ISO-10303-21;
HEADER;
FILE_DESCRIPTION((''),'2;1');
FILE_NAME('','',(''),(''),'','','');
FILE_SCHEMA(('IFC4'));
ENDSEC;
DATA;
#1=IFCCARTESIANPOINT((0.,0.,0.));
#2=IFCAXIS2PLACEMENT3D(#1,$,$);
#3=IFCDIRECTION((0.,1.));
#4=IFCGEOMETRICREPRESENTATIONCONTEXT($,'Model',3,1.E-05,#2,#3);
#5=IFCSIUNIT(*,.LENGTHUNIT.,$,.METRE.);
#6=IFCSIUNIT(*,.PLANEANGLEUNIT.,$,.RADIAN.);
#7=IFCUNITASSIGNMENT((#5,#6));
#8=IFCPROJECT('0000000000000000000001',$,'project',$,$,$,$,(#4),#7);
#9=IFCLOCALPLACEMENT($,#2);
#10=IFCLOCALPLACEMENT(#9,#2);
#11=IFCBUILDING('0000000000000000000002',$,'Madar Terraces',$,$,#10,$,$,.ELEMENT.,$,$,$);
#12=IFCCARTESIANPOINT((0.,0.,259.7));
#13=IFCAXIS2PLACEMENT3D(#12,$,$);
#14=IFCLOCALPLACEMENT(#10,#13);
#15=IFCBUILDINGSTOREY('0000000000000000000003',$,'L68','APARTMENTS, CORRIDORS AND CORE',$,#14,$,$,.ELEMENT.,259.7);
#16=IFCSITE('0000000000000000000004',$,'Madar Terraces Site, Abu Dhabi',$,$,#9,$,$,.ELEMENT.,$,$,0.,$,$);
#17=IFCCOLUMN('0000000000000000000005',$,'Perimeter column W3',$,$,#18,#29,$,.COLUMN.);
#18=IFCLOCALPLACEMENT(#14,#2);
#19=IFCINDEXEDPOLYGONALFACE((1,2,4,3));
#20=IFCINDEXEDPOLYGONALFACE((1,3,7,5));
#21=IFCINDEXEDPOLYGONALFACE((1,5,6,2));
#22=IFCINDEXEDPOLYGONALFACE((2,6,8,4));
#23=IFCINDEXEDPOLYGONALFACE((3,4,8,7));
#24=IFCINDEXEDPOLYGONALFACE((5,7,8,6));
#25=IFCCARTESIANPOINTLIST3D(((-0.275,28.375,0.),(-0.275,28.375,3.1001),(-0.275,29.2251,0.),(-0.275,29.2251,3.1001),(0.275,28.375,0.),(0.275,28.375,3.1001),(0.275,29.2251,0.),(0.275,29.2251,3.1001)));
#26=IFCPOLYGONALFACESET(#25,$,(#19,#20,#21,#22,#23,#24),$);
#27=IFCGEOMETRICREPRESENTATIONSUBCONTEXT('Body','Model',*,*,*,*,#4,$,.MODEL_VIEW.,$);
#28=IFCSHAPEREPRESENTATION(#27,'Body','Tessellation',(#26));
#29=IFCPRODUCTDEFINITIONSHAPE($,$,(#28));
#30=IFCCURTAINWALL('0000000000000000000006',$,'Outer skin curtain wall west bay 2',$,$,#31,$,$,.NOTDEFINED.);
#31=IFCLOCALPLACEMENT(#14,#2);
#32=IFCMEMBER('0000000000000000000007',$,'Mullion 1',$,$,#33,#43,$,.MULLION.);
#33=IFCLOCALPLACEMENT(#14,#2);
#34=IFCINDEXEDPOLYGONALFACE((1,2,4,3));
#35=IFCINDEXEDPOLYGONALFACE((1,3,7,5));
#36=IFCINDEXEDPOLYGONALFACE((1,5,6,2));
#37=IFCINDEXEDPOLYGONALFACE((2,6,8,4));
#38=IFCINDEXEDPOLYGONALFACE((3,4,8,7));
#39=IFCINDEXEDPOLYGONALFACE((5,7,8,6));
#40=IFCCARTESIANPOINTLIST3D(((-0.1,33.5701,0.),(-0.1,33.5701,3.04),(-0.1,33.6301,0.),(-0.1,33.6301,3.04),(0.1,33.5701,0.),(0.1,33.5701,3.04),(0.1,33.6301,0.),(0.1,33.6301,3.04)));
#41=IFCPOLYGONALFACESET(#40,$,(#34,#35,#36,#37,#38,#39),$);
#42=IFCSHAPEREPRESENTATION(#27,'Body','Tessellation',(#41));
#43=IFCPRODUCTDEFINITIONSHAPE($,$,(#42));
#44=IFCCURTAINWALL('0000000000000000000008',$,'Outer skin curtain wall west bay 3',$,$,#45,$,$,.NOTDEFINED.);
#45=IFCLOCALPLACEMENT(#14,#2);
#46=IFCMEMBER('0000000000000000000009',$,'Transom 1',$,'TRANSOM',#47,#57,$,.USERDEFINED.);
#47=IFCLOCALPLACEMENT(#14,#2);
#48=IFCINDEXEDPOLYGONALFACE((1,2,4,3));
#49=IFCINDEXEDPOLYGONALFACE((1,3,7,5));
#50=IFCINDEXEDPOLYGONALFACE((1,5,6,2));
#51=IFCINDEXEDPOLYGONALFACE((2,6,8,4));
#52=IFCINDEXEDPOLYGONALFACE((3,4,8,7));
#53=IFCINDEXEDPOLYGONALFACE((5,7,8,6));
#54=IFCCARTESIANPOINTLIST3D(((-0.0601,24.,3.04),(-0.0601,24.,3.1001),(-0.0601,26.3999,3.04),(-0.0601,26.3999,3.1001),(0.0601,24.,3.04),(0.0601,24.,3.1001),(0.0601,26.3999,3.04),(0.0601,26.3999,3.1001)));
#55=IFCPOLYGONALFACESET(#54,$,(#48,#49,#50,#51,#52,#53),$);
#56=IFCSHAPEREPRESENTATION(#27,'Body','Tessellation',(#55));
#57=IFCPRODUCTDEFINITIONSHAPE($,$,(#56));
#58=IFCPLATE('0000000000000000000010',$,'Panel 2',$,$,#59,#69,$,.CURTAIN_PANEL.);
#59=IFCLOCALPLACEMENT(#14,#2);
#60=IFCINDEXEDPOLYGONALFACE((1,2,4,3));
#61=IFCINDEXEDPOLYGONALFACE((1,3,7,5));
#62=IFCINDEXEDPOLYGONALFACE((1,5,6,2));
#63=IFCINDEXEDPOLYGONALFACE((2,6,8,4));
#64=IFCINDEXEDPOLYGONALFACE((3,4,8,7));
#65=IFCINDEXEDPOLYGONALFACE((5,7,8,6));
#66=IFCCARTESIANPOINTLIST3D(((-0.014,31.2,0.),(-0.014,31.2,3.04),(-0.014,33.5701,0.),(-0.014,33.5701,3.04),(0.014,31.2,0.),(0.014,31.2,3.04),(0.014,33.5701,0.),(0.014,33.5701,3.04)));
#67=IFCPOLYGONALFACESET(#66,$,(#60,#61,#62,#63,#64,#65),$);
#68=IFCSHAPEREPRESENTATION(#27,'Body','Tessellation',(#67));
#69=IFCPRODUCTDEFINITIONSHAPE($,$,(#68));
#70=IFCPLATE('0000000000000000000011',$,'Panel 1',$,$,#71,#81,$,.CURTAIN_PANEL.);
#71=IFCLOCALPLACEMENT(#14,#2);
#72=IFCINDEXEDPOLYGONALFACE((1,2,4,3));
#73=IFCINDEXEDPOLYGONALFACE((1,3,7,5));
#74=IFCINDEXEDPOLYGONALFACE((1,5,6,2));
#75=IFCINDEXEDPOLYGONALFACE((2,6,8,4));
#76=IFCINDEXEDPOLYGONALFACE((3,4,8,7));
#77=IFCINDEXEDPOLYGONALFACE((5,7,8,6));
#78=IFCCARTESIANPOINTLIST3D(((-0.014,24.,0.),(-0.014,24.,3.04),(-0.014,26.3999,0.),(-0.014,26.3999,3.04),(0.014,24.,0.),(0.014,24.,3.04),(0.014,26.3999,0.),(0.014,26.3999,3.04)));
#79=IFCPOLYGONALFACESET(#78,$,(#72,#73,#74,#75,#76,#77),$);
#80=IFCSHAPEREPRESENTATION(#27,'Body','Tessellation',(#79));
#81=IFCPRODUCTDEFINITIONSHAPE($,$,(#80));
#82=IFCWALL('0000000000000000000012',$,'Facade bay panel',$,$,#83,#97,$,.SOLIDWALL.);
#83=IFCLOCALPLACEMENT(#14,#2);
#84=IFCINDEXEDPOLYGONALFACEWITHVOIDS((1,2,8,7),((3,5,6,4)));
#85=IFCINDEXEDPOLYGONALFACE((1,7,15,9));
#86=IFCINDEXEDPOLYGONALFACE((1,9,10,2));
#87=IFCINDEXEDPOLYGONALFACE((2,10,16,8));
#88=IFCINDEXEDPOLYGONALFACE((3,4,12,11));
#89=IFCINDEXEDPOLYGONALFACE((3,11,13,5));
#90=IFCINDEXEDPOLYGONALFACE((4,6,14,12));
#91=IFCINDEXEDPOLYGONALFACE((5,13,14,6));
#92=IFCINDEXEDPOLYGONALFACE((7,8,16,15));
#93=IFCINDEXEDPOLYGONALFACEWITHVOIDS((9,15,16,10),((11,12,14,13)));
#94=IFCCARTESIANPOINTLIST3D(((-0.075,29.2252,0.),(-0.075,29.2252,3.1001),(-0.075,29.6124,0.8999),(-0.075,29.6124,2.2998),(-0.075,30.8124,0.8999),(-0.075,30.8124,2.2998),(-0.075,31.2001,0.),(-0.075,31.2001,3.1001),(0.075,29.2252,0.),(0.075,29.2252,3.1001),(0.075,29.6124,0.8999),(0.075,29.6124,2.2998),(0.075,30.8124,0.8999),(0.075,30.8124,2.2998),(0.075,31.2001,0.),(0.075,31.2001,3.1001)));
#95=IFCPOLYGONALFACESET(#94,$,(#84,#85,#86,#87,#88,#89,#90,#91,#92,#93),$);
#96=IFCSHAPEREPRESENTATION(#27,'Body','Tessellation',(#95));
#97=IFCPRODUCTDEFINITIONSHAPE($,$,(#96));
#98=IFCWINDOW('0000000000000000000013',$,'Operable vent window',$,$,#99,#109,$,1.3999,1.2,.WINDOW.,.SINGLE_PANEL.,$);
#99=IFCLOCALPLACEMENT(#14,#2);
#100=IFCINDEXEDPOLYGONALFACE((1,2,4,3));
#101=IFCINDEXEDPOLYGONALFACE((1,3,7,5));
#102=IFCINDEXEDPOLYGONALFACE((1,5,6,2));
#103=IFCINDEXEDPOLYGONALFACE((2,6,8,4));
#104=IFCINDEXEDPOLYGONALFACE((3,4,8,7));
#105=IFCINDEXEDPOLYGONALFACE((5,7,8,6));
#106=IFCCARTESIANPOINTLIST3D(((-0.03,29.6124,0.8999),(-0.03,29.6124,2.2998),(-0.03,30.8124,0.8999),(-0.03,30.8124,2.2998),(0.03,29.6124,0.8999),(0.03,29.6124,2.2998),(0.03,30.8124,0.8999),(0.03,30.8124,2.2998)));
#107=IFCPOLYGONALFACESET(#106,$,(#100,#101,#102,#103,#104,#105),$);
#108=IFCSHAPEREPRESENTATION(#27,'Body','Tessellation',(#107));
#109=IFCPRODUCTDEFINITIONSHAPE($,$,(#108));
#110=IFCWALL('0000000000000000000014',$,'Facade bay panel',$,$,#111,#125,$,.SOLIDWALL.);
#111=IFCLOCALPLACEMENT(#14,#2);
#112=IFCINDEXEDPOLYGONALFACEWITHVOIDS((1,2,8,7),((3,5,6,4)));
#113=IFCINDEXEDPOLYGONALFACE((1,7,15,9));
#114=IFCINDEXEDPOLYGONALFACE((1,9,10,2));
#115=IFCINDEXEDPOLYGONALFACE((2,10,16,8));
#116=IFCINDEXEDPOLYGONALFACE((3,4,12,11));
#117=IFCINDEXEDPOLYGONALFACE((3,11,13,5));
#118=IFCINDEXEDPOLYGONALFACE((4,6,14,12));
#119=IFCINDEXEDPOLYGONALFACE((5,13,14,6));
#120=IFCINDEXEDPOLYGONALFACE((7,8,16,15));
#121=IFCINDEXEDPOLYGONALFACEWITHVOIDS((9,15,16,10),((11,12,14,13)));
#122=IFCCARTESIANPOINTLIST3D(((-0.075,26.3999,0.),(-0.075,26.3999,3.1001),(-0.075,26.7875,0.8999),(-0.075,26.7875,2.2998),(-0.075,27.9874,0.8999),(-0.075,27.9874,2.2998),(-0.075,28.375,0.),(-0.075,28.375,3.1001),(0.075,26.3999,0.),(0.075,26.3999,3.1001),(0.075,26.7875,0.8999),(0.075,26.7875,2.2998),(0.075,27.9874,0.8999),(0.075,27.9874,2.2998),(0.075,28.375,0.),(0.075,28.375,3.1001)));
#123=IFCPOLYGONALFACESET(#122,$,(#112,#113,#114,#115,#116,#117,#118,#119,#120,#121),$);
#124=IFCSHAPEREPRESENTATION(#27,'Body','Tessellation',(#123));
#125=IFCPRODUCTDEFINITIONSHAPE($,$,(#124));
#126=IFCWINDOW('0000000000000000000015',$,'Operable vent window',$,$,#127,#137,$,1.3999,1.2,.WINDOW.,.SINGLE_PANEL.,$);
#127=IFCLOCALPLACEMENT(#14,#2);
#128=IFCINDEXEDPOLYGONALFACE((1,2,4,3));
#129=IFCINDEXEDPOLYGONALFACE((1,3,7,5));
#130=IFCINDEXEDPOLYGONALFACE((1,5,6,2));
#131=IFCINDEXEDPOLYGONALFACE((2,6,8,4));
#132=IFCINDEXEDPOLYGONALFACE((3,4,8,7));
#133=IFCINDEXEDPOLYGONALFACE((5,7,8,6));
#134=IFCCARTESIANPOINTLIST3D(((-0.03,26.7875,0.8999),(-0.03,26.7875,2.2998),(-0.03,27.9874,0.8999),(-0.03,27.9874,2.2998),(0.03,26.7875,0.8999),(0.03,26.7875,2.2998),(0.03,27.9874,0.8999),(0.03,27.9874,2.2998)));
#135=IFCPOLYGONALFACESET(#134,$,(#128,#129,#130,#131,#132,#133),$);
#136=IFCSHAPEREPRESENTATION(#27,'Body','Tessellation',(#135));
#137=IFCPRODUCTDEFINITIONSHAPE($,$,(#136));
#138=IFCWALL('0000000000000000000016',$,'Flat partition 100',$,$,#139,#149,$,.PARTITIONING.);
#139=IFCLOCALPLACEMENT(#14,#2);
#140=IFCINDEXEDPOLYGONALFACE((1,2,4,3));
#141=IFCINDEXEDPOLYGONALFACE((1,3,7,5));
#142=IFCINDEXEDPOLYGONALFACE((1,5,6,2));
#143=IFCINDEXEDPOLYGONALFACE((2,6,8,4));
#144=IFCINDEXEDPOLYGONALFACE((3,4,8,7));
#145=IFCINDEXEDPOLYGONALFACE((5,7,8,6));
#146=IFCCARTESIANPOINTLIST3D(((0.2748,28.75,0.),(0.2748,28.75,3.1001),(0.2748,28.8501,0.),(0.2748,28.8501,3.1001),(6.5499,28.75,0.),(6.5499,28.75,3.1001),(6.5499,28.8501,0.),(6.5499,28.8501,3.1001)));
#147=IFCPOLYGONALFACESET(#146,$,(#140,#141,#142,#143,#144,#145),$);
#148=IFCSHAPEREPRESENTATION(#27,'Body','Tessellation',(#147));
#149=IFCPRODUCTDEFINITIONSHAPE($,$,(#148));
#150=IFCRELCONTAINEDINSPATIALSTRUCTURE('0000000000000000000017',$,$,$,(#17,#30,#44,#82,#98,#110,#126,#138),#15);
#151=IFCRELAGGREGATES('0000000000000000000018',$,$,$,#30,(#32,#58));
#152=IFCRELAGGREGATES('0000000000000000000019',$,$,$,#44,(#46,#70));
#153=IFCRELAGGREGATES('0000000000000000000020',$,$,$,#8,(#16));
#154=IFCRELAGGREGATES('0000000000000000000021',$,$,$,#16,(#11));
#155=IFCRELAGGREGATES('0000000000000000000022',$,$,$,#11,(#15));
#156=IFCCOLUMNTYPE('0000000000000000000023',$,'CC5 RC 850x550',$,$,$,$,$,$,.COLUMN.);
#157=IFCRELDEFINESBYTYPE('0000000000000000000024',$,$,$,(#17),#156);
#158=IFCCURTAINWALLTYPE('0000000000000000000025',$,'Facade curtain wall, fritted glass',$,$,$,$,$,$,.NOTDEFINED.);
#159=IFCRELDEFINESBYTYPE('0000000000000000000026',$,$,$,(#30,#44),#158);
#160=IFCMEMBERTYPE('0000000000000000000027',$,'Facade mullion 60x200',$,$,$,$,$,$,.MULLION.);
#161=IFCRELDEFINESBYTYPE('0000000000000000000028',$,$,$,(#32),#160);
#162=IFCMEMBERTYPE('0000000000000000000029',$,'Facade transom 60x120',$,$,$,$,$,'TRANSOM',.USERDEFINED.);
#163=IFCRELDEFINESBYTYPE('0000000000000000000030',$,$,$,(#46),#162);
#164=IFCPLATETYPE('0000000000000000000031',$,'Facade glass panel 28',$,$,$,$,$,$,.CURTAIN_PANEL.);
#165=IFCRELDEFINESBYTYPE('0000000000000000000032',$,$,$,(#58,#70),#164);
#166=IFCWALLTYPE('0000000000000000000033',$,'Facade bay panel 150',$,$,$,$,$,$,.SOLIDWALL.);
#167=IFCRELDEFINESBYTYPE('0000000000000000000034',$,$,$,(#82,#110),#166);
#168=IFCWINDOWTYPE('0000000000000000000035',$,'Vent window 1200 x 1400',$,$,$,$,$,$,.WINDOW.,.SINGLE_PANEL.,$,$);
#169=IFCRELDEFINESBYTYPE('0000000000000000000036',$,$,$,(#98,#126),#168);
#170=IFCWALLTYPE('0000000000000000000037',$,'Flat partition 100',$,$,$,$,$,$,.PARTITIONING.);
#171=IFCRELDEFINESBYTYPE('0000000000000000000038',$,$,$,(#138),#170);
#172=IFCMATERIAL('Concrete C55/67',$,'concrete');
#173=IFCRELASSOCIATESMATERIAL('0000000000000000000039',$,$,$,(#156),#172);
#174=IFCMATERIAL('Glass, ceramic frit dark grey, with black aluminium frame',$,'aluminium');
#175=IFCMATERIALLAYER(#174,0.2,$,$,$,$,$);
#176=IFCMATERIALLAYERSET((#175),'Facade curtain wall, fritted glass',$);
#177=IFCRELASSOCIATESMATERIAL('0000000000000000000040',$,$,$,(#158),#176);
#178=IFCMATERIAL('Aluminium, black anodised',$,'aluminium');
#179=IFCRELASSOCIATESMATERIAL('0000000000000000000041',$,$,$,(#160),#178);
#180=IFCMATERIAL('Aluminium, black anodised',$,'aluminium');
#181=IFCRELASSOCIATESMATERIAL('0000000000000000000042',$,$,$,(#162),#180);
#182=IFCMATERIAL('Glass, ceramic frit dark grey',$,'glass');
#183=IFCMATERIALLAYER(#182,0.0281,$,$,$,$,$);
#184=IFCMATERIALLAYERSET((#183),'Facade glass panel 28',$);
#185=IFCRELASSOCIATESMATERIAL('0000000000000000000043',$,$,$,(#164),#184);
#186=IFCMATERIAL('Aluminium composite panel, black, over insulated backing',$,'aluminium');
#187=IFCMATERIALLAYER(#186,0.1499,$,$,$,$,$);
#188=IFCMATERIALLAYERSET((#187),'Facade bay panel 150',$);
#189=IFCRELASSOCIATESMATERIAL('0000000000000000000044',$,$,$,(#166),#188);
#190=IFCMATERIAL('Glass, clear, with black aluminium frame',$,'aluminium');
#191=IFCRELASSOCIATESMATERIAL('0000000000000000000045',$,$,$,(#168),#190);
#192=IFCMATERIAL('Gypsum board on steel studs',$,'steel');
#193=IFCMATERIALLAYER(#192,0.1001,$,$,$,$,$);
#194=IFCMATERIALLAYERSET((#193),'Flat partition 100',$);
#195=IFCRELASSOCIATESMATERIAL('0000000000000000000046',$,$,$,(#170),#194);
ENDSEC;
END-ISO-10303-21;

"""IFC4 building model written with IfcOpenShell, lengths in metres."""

from ifc_helpers import new_model, si_unit, direction, frame, frame_2d, origin, origin_2d, place, context, subcontext, project, spatial, rectangle, extrude, material, layer, layer_set, material_profile, profile_set, type_object, element, fill, aggregate, save


model = new_model("IFC4")

# Units and contexts
model_context = context("Model", 3, precision=1e-05, world=origin(), true_north=direction((0.0, 1.0)))
body_context = subcontext(model_context, "Body", "Model", "MODEL_VIEW")
ifc_project = project(units=[si_unit("LENGTHUNIT", "METRE"), si_unit("PLANEANGLEUNIT", "RADIAN")], contexts=[model_context])

# Site, building, storey
site_placement = place(None, origin())
site = spatial("IfcSite", under=ifc_project, at=site_placement, Name="Madar Terraces Site, Abu Dhabi", CompositionType="ELEMENT", RefElevation=0.0)
building_placement = place(site_placement, origin())
building = spatial("IfcBuilding", under=site, at=building_placement, Name="Madar Terraces", CompositionType="ELEMENT")
storey_placement = place(building_placement, frame((0.0, 0.0, 259.7)))
storey = spatial("IfcBuildingStorey", under=building, at=storey_placement, Name="L68", Description="APARTMENTS, CORRIDORS AND CORE", CompositionType="ELEMENT", Elevation=259.7)

# Column
ifc_material_1 = material(Name="Concrete C55/67", Category="concrete")
ifc_material_profile_1 = material_profile(ifc_material_1, rectangle(XDim=0.8501, YDim=0.55, at=origin_2d()), Name="CC5 RC 850x550")
ifc_profile_set_1 = profile_set([ifc_material_profile_1], Name="Concrete C55/67")
column_type = type_object("IfcColumnType", Name="CC5 RC 850x550", PredefinedType="COLUMN", material=ifc_profile_set_1)
column_placement = place(storey_placement, frame((0.0, 28.8, 0.0), z_axis=(0.0, 0.0, 1.0), x_axis=(0.0, 1.0, 0.0)))
element("IfcColumn", 1, at=column_placement, inside=storey, type_object=column_type, Name="Perimeter column W3", PredefinedType="COLUMN", context=body_context, shape_type="SweptSolid", body=[
    extrude(rectangle(XDim=0.8501, YDim=0.55, at=origin_2d()), origin(), (0.0, 0.0, 1.0), 3.1001),
])

# Curtain walls, members
ifc_material_2 = material(Name="Glass, ceramic frit dark grey, with black aluminium frame", Category="aluminium")
ifc_layer_1 = layer(ifc_material_2, 0.2)
ifc_layer_set_1 = layer_set([ifc_layer_1], Name="Facade curtain wall, fritted glass")
curtain_wall_type = type_object("IfcCurtainWallType", Name="Facade curtain wall, fritted glass", PredefinedType="NOTDEFINED", material=ifc_layer_set_1)
curtain_wall_1_placement = place(storey_placement, origin())
curtain_wall_1 = element("IfcCurtainWall", 2, at=curtain_wall_1_placement, inside=storey, type_object=curtain_wall_type, Name="Outer skin curtain wall west bay 2", PredefinedType="NOTDEFINED")
ifc_material_3 = material(Name="Aluminium, black anodised", Category="aluminium")
ifc_material_profile_2 = material_profile(ifc_material_3, rectangle(XDim=0.2, YDim=0.0601, at=origin_2d()), Name="Facade mullion 60x200")
ifc_profile_set_2 = profile_set([ifc_material_profile_2], Name="Aluminium, black anodised")
member_type_1 = type_object("IfcMemberType", Name="Facade mullion 60x200", PredefinedType="MULLION", material=ifc_profile_set_2)
member_1_placement = place(storey_placement, frame((0.0, 33.6001, 0.0), z_axis=(0.0, 0.0, 1.0), x_axis=(1.0, 0.0, 0.0)))
member_1 = element("IfcMember", 3, at=member_1_placement, type_object=member_type_1, Name="Mullion 1", PredefinedType="MULLION", context=body_context, shape_type="SweptSolid", body=[
    extrude(rectangle(XDim=0.2, YDim=0.0601, at=origin_2d()), origin(), (0.0, 0.0, 1.0), 3.04),
])
curtain_wall_2_placement = place(storey_placement, origin())
curtain_wall_2 = element("IfcCurtainWall", 4, at=curtain_wall_2_placement, inside=storey, type_object=curtain_wall_type, Name="Outer skin curtain wall west bay 3", PredefinedType="NOTDEFINED")
ifc_material_4 = material(Name="Aluminium, black anodised", Category="aluminium")
ifc_material_profile_3 = material_profile(ifc_material_4, rectangle(XDim=0.1201, YDim=0.0601, at=origin_2d()), Name="Facade transom 60x120")
ifc_profile_set_3 = profile_set([ifc_material_profile_3], Name="Aluminium, black anodised")
member_type_2 = type_object("IfcMemberType", Name="Facade transom 60x120", ElementType="TRANSOM", PredefinedType="USERDEFINED", material=ifc_profile_set_3)
member_2_placement = place(storey_placement, frame((0.0, 26.3999, 3.0701), z_axis=(0.0, -1.0, 0.0), x_axis=(1.0, 0.0, 0.0)))
member_2 = element("IfcMember", 5, at=member_2_placement, type_object=member_type_2, Name="Transom 1", ObjectType="TRANSOM", PredefinedType="USERDEFINED", context=body_context, shape_type="SweptSolid", body=[
    extrude(rectangle(XDim=0.1201, YDim=0.0601, at=origin_2d()), origin(), (0.0, 0.0, 1.0), 2.3999),
])

# Plates
ifc_material_5 = material(Name="Glass, ceramic frit dark grey", Category="glass")
ifc_layer_2 = layer(ifc_material_5, 0.0281)
ifc_layer_set_2 = layer_set([ifc_layer_2], Name="Facade glass panel 28")
plate_type = type_object("IfcPlateType", Name="Facade glass panel 28", PredefinedType="CURTAIN_PANEL", material=ifc_layer_set_2)
plate_1_placement = place(storey_placement, frame((0.0, 32.385, 0.0), z_axis=(0.0, 0.0, 1.0), x_axis=(0.0, -1.0, 0.0)))
plate_1 = element("IfcPlate", 6, at=plate_1_placement, type_object=plate_type, Name="Panel 2", PredefinedType="CURTAIN_PANEL", context=body_context, shape_type="SweptSolid", body=[
    extrude(rectangle(XDim=2.3701, YDim=0.0281, at=origin_2d()), origin(), (0.0, 0.0, 1.0), 3.04),
])
aggregate(curtain_wall_1, [member_1, plate_1])
plate_2_placement = place(storey_placement, frame((0.0, 25.2, 0.0), z_axis=(0.0, 0.0, 1.0), x_axis=(0.0, -1.0, 0.0)))
plate_2 = element("IfcPlate", 7, at=plate_2_placement, type_object=plate_type, Name="Panel 1", PredefinedType="CURTAIN_PANEL", context=body_context, shape_type="SweptSolid", body=[
    extrude(rectangle(XDim=2.3999, YDim=0.0281, at=origin_2d()), origin(), (0.0, 0.0, 1.0), 3.04),
])
aggregate(curtain_wall_2, [member_2, plate_2])

# Walls, openings, windows
ifc_material_6 = material(Name="Aluminium composite panel, black, over insulated backing", Category="aluminium")
ifc_layer_3 = layer(ifc_material_6, 0.1499)
ifc_layer_set_3 = layer_set([ifc_layer_3], Name="Facade bay panel 150")
wall_type_1 = type_object("IfcWallType", Name="Facade bay panel 150", PredefinedType="SOLIDWALL", material=ifc_layer_set_3)
wall_1_placement = place(storey_placement, frame((0.0, 31.2, 0.0), z_axis=(0.0, 0.0, 1.0), x_axis=(0.0, -1.0, 0.0)))
wall_1 = element("IfcWall", 8, at=wall_1_placement, inside=storey, type_object=wall_type_1, Name="Facade bay panel", PredefinedType="SOLIDWALL", context=body_context, shape_type="SweptSolid", body=[
    extrude(rectangle(XDim=1.9749, YDim=0.1499, at=frame_2d((0.9873, 0.0))), origin(), (0.0, 0.0, 1.0), 3.1001),
])
opening_1_placement = place(wall_1_placement, frame((0.3875, 0.0, 0.8999)))
opening_1 = element("IfcOpeningElement", 9, at=opening_1_placement, cuts=wall_1, PredefinedType="OPENING", context=body_context, shape_type="SweptSolid", body=[
    extrude(rectangle(XDim=1.2, YDim=1.3999, at=frame_2d((0.6001, 0.7))), frame((0.0, 0.085, 0.0), z_axis=(0.0, -1.0, 0.0), x_axis=(1.0, 0.0, 0.0)), (0.0, 0.0, 1.0), 0.1699),
])
ifc_material_7 = material(Name="Glass, clear, with black aluminium frame", Category="aluminium")
window_type = type_object("IfcWindowType", Name="Vent window 1200 x 1400", PartitioningType="SINGLE_PANEL", PredefinedType="WINDOW", material=ifc_material_7)
window_1_placement = place(opening_1_placement, origin())
window_1 = element("IfcWindow", 10, at=window_1_placement, inside=storey, type_object=window_type, Name="Operable vent window", OverallHeight=1.3999, OverallWidth=1.2, PartitioningType="SINGLE_PANEL", PredefinedType="WINDOW", context=body_context, shape_type="SweptSolid", body=[
    extrude(rectangle(XDim=1.2, YDim=1.3999, at=frame_2d((0.6001, 0.7))), frame((0.0, 0.03, 0.0), z_axis=(0.0, -1.0, 0.0), x_axis=(1.0, 0.0, 0.0)), (0.0, 0.0, 1.0), 0.0601),
])
fill(opening_1, window_1)
wall_2_placement = place(storey_placement, frame((0.0, 28.375, 0.0), z_axis=(0.0, 0.0, 1.0), x_axis=(0.0, -1.0, 0.0)))
wall_2 = element("IfcWall", 11, at=wall_2_placement, inside=storey, type_object=wall_type_1, Name="Facade bay panel", PredefinedType="SOLIDWALL", context=body_context, shape_type="SweptSolid", body=[
    extrude(rectangle(XDim=1.9751, YDim=0.1499, at=frame_2d((0.9875, 0.0))), origin(), (0.0, 0.0, 1.0), 3.1001),
])
opening_2_placement = place(wall_2_placement, frame((0.3875, 0.0, 0.8999)))
opening_2 = element("IfcOpeningElement", 12, at=opening_2_placement, cuts=wall_2, PredefinedType="OPENING", context=body_context, shape_type="SweptSolid", body=[
    extrude(rectangle(XDim=1.2, YDim=1.3999, at=frame_2d((0.6001, 0.7))), frame((0.0, 0.085, 0.0), z_axis=(0.0, -1.0, 0.0), x_axis=(1.0, 0.0, 0.0)), (0.0, 0.0, 1.0), 0.1699),
])
window_2_placement = place(opening_2_placement, origin())
window_2 = element("IfcWindow", 13, at=window_2_placement, inside=storey, type_object=window_type, Name="Operable vent window", OverallHeight=1.3999, OverallWidth=1.2, PartitioningType="SINGLE_PANEL", PredefinedType="WINDOW", context=body_context, shape_type="SweptSolid", body=[
    extrude(rectangle(XDim=1.2, YDim=1.3999, at=frame_2d((0.6001, 0.7))), frame((0.0, 0.03, 0.0), z_axis=(0.0, -1.0, 0.0), x_axis=(1.0, 0.0, 0.0)), (0.0, 0.0, 1.0), 0.0601),
])
fill(opening_2, window_2)

# Wall
ifc_material_8 = material(Name="Gypsum board on steel studs", Category="steel")
ifc_layer_4 = layer(ifc_material_8, 0.1001)
ifc_layer_set_4 = layer_set([ifc_layer_4], Name="Flat partition 100")
wall_type_2 = type_object("IfcWallType", Name="Flat partition 100", PredefinedType="PARTITIONING", material=ifc_layer_set_4)
wall_3_placement = place(storey_placement, frame((6.55, 28.8, 0.0), z_axis=(0.0, 0.0, 1.0), x_axis=(-1.0, 0.0, 0.0)))
element("IfcWall", 14, at=wall_3_placement, inside=storey, type_object=wall_type_2, Name="Flat partition 100", PredefinedType="PARTITIONING", context=body_context, shape_type="SweptSolid", body=[
    extrude(rectangle(XDim=6.2751, YDim=0.1001, at=frame_2d((3.1377, 0.0))), origin(), (0.0, 0.0, 1.0), 3.1001),
])

save(model, "model.ifc")
